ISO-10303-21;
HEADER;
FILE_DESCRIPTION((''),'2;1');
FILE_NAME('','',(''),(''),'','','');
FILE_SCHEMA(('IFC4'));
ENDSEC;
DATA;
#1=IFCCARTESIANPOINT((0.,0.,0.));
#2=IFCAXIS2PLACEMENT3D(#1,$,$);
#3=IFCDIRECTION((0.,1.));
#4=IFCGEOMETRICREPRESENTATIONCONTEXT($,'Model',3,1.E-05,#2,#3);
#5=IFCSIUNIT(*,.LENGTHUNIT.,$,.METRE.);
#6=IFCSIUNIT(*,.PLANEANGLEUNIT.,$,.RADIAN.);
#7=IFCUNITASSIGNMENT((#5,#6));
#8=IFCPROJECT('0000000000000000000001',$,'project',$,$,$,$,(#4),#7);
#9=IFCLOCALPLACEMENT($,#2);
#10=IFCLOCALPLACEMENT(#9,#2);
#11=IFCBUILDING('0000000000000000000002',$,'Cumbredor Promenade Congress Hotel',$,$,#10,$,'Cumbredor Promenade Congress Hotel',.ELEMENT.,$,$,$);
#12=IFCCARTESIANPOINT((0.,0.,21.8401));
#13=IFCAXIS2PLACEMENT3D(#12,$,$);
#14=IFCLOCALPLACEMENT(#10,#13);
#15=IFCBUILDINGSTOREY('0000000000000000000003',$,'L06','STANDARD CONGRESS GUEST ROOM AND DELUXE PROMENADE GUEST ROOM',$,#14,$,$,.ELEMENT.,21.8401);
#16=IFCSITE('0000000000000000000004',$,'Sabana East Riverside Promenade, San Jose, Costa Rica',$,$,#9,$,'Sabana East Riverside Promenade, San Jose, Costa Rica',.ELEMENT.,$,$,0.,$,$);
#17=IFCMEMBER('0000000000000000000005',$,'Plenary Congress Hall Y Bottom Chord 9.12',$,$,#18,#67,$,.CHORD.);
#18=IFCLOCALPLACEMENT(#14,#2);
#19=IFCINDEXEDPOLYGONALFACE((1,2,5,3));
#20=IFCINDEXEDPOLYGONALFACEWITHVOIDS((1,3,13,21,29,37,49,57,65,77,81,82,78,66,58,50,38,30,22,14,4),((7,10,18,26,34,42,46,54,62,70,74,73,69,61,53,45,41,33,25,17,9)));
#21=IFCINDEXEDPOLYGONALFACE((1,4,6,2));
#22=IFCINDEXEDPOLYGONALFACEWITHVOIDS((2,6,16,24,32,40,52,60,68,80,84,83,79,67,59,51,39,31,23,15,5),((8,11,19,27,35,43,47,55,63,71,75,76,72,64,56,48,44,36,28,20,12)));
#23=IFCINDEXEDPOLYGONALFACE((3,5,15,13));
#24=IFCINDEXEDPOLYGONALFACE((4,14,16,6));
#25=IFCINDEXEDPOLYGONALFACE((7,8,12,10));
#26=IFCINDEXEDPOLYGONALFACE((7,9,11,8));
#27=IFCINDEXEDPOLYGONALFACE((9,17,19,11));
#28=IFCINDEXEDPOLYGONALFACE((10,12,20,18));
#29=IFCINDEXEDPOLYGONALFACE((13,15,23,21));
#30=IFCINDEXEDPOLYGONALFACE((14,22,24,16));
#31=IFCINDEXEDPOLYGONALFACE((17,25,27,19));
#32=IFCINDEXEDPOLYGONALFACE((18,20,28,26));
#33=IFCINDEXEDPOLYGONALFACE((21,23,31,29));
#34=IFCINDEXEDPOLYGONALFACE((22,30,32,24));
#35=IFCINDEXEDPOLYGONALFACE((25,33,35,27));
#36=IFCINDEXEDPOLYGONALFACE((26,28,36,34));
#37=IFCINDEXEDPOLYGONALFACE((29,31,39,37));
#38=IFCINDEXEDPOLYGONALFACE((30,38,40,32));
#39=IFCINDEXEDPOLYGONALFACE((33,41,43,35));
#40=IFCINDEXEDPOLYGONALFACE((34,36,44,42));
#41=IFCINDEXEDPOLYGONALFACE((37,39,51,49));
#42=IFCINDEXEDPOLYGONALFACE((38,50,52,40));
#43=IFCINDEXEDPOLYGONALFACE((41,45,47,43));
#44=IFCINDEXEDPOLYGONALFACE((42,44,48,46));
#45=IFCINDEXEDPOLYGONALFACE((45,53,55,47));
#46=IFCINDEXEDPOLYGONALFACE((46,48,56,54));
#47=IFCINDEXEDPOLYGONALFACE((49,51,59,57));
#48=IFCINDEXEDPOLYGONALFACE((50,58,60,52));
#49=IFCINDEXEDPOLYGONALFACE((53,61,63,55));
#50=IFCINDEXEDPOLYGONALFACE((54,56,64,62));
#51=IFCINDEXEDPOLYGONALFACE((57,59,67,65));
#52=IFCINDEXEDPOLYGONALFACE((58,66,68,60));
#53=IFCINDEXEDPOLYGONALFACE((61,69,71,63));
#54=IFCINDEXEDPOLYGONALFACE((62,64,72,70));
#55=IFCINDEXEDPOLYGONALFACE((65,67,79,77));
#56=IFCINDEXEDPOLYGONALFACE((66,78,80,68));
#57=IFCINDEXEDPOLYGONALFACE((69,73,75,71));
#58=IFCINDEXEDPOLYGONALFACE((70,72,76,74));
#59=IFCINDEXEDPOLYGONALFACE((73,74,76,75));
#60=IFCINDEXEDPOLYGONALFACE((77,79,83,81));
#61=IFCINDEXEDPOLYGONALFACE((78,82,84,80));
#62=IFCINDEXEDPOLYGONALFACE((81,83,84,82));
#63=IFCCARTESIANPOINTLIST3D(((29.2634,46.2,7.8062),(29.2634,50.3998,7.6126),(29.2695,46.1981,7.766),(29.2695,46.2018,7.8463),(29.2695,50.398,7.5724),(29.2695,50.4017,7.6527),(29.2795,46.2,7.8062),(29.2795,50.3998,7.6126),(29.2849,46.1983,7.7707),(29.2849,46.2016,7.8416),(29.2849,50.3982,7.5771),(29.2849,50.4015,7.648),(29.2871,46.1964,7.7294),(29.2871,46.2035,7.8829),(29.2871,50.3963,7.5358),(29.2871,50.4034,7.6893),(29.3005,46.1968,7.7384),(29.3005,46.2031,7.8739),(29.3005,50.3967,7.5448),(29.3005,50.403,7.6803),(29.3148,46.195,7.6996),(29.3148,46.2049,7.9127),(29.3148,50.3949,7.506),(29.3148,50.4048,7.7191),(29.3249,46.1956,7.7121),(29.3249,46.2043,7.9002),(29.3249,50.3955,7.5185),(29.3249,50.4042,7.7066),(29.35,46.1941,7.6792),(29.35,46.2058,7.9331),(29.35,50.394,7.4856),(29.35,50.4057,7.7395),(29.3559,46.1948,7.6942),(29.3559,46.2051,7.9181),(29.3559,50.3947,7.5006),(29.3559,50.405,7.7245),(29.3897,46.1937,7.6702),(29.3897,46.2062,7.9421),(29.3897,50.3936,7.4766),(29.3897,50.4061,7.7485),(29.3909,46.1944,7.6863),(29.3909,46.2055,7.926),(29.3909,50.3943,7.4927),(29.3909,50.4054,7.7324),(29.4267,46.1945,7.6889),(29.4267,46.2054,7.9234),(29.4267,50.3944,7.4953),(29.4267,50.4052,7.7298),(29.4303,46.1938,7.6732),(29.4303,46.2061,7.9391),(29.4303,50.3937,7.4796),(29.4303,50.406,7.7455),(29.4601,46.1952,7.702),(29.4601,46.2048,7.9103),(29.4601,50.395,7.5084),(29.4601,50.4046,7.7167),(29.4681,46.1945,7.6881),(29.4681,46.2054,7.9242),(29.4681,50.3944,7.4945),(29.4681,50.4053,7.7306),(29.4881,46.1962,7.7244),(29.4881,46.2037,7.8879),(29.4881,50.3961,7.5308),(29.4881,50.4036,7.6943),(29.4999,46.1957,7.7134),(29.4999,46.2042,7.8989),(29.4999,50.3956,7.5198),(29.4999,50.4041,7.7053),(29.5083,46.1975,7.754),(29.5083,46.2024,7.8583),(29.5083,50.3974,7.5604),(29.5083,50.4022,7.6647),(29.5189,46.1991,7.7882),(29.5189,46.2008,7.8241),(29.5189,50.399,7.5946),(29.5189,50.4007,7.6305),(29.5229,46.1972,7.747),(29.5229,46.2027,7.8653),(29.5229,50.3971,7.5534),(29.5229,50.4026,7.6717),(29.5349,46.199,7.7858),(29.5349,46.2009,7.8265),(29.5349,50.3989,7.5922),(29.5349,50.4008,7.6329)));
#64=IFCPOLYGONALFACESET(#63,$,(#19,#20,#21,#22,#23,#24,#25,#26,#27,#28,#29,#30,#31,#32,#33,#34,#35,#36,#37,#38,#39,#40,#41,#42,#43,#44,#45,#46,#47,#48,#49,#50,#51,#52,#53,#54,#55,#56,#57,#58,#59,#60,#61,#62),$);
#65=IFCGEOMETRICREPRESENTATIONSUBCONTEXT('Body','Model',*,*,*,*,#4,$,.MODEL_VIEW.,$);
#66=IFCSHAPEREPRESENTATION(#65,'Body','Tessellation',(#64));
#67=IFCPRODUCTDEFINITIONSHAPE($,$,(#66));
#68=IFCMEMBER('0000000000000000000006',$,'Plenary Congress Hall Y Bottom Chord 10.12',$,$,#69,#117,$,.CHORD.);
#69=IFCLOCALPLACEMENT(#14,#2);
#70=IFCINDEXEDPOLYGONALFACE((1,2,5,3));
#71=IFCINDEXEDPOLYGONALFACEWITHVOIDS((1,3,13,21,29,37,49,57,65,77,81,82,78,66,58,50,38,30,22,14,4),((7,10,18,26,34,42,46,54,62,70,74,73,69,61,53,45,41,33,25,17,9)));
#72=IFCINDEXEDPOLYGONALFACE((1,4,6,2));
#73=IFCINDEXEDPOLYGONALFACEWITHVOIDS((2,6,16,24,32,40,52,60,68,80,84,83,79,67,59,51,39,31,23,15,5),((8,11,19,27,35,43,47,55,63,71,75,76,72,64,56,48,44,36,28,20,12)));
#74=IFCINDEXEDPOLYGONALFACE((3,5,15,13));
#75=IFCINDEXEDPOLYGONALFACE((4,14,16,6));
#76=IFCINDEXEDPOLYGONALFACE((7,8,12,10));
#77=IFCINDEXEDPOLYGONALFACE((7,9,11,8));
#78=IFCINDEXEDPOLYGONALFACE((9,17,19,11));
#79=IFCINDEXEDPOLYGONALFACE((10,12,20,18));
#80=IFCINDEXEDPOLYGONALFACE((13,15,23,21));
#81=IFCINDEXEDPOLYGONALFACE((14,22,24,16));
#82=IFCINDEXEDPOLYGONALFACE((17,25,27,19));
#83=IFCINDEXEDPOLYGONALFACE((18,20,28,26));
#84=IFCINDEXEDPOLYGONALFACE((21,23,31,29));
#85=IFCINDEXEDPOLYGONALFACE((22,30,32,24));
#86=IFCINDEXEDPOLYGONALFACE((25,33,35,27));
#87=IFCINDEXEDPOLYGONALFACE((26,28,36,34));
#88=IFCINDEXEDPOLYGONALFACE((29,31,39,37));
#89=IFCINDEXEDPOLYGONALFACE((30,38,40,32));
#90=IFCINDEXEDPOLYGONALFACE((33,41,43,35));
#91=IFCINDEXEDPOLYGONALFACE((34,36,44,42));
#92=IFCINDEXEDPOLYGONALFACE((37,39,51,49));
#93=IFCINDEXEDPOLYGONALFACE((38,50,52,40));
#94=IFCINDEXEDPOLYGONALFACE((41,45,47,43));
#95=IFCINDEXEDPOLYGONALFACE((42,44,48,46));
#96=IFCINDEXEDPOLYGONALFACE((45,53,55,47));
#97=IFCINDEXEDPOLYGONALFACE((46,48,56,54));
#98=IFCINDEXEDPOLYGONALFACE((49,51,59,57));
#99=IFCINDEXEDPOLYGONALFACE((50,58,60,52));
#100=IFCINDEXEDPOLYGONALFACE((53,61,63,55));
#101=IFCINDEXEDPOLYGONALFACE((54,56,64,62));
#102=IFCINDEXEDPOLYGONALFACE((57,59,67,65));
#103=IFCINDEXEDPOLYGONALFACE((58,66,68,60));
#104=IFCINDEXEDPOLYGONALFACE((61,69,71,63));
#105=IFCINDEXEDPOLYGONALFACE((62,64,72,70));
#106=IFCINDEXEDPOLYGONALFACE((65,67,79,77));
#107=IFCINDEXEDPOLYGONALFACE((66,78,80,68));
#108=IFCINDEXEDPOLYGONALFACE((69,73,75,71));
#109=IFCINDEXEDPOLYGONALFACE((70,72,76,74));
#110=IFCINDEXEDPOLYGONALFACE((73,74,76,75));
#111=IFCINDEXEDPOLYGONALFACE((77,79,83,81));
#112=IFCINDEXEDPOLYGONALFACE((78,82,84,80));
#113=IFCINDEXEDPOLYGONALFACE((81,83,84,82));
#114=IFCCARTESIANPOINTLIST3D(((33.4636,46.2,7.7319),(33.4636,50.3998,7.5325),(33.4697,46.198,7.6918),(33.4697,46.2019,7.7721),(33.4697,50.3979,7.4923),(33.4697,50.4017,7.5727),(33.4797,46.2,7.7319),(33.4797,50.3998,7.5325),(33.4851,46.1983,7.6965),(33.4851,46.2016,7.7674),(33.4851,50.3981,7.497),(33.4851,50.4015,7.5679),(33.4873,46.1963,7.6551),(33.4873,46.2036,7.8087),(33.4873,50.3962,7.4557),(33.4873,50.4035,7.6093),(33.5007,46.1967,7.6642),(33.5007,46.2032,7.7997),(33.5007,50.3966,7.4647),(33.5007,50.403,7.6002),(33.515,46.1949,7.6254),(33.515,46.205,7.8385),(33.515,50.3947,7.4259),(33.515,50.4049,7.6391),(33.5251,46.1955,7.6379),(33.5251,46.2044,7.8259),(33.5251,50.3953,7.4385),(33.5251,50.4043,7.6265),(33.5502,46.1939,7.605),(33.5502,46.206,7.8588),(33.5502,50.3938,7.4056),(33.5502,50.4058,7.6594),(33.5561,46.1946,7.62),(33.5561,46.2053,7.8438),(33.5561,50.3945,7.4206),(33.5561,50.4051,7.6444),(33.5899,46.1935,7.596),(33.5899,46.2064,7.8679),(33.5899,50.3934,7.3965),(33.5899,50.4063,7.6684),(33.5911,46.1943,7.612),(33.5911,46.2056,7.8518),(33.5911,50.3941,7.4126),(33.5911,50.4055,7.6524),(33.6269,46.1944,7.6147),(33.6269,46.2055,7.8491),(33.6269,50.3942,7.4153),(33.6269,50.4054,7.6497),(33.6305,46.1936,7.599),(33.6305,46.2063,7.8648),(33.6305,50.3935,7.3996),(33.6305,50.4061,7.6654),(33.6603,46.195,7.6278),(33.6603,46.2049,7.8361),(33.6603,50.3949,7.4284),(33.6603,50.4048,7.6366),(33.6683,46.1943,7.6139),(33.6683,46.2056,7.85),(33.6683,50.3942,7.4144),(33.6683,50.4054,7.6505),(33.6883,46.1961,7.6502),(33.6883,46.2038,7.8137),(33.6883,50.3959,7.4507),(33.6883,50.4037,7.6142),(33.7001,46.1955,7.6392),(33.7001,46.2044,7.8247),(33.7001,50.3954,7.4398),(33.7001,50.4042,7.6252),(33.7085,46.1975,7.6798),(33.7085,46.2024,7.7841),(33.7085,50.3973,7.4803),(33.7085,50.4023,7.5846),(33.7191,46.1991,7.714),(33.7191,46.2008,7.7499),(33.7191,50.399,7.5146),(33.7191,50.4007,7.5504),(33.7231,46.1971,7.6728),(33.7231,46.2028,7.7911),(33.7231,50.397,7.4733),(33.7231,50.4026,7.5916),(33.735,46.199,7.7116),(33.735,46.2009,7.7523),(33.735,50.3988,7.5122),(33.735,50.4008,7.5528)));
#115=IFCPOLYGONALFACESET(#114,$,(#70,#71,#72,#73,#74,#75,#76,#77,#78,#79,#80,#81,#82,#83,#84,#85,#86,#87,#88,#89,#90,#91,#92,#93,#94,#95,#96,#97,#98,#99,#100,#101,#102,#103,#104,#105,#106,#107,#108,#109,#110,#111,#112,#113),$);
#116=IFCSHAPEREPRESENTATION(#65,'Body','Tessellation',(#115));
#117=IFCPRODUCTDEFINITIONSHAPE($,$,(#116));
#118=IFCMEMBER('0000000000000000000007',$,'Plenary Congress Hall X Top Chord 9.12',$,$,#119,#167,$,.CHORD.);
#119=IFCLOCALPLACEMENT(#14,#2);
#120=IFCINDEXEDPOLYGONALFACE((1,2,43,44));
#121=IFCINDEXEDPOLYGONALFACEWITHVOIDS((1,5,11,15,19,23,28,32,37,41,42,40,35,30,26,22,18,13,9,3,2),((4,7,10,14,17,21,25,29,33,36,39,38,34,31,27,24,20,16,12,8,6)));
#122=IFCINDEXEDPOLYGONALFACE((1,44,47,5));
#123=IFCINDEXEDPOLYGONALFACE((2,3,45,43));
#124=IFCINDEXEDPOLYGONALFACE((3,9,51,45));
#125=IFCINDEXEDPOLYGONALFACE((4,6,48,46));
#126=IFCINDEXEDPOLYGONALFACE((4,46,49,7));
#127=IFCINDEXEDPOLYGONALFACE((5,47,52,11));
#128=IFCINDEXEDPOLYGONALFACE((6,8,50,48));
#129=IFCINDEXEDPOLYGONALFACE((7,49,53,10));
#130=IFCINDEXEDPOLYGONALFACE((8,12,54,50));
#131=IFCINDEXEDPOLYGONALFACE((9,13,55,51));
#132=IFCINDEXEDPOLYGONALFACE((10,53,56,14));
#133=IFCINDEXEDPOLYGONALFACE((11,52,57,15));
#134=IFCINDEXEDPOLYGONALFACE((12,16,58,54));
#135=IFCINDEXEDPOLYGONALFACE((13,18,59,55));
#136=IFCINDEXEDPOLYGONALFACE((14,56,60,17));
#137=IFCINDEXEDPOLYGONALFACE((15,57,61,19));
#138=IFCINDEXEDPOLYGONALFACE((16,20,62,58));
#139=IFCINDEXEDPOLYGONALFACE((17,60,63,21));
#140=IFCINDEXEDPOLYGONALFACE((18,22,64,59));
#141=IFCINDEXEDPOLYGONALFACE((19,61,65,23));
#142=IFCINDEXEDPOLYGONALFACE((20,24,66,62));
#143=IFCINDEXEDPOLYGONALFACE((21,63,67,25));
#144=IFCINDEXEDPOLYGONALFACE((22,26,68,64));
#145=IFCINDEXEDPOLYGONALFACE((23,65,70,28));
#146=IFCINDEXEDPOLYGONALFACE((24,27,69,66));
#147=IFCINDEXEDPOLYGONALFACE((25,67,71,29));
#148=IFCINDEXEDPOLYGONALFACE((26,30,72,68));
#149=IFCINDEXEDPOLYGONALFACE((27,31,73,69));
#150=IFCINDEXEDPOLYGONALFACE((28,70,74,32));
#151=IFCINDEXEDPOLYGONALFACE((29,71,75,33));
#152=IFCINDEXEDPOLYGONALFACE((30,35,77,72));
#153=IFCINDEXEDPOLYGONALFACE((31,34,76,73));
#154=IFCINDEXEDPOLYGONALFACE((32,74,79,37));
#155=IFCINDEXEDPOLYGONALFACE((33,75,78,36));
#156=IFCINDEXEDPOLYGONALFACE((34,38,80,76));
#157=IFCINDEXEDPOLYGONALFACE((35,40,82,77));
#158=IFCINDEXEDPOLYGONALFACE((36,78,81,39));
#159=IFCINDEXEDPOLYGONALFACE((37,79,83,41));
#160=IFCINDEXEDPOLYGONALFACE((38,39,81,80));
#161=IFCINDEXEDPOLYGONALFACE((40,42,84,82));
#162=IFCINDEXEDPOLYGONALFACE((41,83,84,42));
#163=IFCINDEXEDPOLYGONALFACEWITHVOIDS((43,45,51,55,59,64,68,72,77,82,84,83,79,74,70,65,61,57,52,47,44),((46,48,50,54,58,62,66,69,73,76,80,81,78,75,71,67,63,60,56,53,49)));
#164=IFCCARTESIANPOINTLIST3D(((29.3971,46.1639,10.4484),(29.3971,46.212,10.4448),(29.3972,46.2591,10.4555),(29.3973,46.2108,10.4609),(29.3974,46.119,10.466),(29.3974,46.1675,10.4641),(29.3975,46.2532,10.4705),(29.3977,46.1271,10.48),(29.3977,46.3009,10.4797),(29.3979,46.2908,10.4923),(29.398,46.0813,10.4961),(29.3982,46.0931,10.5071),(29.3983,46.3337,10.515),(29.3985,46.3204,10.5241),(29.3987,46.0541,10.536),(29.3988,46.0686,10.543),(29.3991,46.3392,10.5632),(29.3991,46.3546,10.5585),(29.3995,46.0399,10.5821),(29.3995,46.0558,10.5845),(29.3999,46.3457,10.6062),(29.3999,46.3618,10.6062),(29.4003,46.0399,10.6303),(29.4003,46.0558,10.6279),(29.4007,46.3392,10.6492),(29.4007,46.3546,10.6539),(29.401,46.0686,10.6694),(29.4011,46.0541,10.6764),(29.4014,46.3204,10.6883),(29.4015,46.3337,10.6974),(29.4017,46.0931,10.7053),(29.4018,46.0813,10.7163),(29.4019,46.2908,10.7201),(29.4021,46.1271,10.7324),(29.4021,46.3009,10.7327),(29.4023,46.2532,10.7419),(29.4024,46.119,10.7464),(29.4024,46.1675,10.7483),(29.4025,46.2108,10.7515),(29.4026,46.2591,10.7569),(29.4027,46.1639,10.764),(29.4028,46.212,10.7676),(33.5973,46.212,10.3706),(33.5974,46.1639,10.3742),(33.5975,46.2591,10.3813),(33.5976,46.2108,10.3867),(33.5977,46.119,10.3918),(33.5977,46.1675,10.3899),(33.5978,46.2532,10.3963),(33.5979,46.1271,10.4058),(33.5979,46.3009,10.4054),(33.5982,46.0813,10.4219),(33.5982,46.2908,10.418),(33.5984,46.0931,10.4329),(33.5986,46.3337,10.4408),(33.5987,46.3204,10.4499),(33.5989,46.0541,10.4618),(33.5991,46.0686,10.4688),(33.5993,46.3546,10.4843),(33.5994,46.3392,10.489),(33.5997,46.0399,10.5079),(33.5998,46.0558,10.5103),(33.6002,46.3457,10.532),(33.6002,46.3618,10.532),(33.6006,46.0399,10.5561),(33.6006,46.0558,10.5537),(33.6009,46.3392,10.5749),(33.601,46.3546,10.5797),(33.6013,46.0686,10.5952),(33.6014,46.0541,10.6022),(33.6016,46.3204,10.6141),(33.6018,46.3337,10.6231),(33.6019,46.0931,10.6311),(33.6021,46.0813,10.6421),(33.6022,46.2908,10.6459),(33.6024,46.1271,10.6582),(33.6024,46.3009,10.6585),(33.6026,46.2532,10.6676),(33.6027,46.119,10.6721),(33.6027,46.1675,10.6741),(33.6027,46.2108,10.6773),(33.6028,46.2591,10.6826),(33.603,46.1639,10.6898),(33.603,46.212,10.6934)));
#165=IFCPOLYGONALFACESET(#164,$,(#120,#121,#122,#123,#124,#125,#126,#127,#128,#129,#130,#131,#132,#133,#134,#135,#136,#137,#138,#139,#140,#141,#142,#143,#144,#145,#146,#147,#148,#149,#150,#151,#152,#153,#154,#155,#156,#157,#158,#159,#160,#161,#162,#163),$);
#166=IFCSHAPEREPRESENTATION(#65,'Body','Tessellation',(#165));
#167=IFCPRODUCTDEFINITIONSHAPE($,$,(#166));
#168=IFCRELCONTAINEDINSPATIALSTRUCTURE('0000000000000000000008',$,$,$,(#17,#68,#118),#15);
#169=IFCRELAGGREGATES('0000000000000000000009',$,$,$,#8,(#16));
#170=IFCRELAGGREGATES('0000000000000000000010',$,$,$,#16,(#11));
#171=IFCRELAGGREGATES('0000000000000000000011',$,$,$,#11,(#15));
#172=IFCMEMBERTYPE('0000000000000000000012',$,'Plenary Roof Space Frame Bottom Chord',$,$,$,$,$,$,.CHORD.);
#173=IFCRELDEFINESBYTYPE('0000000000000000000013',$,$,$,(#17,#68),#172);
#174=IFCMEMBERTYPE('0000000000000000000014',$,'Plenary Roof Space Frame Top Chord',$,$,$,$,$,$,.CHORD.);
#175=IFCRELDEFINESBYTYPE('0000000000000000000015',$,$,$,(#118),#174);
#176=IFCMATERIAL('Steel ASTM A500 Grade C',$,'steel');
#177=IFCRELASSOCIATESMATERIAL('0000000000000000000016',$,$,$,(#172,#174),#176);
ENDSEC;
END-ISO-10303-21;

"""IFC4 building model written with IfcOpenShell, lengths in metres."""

from ifc_helpers import new_model, si_unit, direction, frame, origin, origin_2d, place, context, subcontext, project, spatial, hollow_circle, extrude, material, material_profile, profile_set, type_object, element, save


model = new_model("IFC4")

# Units and contexts
model_context = context("Model", 3, precision=1e-05, world=origin(), true_north=direction((0.0, 1.0)))
body_context = subcontext(model_context, "Body", "Model", "MODEL_VIEW")
ifc_project = project(units=[si_unit("LENGTHUNIT", "METRE"), si_unit("PLANEANGLEUNIT", "RADIAN")], contexts=[model_context])

# Site, building, storey
site_placement = place(None, origin())
site = spatial("IfcSite", under=ifc_project, at=site_placement, Name="Sabana East Riverside Promenade, San Jose, Costa Rica", LongName="Sabana East Riverside Promenade, San Jose, Costa Rica", CompositionType="ELEMENT", RefElevation=0.0)
building_placement = place(site_placement, origin())
building = spatial("IfcBuilding", under=site, at=building_placement, Name="Cumbredor Promenade Congress Hotel", LongName="Cumbredor Promenade Congress Hotel", CompositionType="ELEMENT")
storey_placement = place(building_placement, frame((0.0, 0.0, 21.8401)))
storey = spatial("IfcBuildingStorey", under=building, at=storey_placement, Name="L06", Description="STANDARD CONGRESS GUEST ROOM AND DELUXE PROMENADE GUEST ROOM", CompositionType="ELEMENT", Elevation=21.8401)

# Members
ifc_material_1 = material(Name="Steel ASTM A500 Grade C", Category="steel")
ifc_material_profile_1 = material_profile(ifc_material_1, hollow_circle(Radius=0.1365, WallThickness=0.0161, at=origin_2d()), Name="CHS 273.0x16")
ifc_profile_set_1 = profile_set([ifc_material_profile_1], Name="Steel ASTM A500 Grade C")
member_type_1 = type_object("IfcMemberType", Name="Plenary Roof Space Frame Bottom Chord", PredefinedType="CHORD", material=ifc_profile_set_1)
member_1_placement = place(storey_placement, frame((29.3999, 46.2, 7.8062), z_axis=(0.0, 0.998939, -0.046048), x_axis=(-1.0, 0.0, 0.0)))
element("IfcMember", 1, at=member_1_placement, inside=storey, type_object=member_type_1, Name="Plenary Congress Hall Y Bottom Chord 9.12", PredefinedType="CHORD", context=body_context, shape_type="SweptSolid", body=[
    extrude(hollow_circle(Radius=0.1365, WallThickness=0.0161, at=origin_2d()), origin(), (0.0, 0.0, 1.0), 4.2043),
])
member_2_placement = place(storey_placement, frame((33.6001, 46.2, 7.7319), z_axis=(0.0, 0.998874, -0.047438), x_axis=(-1.0, 0.0, 0.0)))
element("IfcMember", 2, at=member_2_placement, inside=storey, type_object=member_type_1, Name="Plenary Congress Hall Y Bottom Chord 10.12", PredefinedType="CHORD", context=body_context, shape_type="SweptSolid", body=[
    extrude(hollow_circle(Radius=0.1365, WallThickness=0.0161, at=origin_2d()), origin(), (0.0, 0.0, 1.0), 4.2046),
])
ifc_material_profile_2 = material_profile(ifc_material_1, hollow_circle(Radius=0.1619, WallThickness=0.0161, at=origin_2d()), Name="CHS 323.9x16")
ifc_profile_set_2 = profile_set([ifc_material_profile_2], Name="Steel ASTM A500 Grade C")
member_type_2 = type_object("IfcMemberType", Name="Plenary Roof Space Frame Top Chord", PredefinedType="CHORD", material=ifc_profile_set_2)
member_3_placement = place(storey_placement, frame((29.3999, 46.2, 10.6062), z_axis=(0.999844, 0.0, -0.017668), x_axis=(0.0, 1.0, 0.0)))
element("IfcMember", 3, at=member_3_placement, inside=storey, type_object=member_type_2, Name="Plenary Congress Hall X Top Chord 9.12", PredefinedType="CHORD", context=body_context, shape_type="SweptSolid", body=[
    extrude(hollow_circle(Radius=0.1619, WallThickness=0.0161, at=origin_2d()), origin(), (0.0, 0.0, 1.0), 4.2009),
])

save(model, "model.ifc")
